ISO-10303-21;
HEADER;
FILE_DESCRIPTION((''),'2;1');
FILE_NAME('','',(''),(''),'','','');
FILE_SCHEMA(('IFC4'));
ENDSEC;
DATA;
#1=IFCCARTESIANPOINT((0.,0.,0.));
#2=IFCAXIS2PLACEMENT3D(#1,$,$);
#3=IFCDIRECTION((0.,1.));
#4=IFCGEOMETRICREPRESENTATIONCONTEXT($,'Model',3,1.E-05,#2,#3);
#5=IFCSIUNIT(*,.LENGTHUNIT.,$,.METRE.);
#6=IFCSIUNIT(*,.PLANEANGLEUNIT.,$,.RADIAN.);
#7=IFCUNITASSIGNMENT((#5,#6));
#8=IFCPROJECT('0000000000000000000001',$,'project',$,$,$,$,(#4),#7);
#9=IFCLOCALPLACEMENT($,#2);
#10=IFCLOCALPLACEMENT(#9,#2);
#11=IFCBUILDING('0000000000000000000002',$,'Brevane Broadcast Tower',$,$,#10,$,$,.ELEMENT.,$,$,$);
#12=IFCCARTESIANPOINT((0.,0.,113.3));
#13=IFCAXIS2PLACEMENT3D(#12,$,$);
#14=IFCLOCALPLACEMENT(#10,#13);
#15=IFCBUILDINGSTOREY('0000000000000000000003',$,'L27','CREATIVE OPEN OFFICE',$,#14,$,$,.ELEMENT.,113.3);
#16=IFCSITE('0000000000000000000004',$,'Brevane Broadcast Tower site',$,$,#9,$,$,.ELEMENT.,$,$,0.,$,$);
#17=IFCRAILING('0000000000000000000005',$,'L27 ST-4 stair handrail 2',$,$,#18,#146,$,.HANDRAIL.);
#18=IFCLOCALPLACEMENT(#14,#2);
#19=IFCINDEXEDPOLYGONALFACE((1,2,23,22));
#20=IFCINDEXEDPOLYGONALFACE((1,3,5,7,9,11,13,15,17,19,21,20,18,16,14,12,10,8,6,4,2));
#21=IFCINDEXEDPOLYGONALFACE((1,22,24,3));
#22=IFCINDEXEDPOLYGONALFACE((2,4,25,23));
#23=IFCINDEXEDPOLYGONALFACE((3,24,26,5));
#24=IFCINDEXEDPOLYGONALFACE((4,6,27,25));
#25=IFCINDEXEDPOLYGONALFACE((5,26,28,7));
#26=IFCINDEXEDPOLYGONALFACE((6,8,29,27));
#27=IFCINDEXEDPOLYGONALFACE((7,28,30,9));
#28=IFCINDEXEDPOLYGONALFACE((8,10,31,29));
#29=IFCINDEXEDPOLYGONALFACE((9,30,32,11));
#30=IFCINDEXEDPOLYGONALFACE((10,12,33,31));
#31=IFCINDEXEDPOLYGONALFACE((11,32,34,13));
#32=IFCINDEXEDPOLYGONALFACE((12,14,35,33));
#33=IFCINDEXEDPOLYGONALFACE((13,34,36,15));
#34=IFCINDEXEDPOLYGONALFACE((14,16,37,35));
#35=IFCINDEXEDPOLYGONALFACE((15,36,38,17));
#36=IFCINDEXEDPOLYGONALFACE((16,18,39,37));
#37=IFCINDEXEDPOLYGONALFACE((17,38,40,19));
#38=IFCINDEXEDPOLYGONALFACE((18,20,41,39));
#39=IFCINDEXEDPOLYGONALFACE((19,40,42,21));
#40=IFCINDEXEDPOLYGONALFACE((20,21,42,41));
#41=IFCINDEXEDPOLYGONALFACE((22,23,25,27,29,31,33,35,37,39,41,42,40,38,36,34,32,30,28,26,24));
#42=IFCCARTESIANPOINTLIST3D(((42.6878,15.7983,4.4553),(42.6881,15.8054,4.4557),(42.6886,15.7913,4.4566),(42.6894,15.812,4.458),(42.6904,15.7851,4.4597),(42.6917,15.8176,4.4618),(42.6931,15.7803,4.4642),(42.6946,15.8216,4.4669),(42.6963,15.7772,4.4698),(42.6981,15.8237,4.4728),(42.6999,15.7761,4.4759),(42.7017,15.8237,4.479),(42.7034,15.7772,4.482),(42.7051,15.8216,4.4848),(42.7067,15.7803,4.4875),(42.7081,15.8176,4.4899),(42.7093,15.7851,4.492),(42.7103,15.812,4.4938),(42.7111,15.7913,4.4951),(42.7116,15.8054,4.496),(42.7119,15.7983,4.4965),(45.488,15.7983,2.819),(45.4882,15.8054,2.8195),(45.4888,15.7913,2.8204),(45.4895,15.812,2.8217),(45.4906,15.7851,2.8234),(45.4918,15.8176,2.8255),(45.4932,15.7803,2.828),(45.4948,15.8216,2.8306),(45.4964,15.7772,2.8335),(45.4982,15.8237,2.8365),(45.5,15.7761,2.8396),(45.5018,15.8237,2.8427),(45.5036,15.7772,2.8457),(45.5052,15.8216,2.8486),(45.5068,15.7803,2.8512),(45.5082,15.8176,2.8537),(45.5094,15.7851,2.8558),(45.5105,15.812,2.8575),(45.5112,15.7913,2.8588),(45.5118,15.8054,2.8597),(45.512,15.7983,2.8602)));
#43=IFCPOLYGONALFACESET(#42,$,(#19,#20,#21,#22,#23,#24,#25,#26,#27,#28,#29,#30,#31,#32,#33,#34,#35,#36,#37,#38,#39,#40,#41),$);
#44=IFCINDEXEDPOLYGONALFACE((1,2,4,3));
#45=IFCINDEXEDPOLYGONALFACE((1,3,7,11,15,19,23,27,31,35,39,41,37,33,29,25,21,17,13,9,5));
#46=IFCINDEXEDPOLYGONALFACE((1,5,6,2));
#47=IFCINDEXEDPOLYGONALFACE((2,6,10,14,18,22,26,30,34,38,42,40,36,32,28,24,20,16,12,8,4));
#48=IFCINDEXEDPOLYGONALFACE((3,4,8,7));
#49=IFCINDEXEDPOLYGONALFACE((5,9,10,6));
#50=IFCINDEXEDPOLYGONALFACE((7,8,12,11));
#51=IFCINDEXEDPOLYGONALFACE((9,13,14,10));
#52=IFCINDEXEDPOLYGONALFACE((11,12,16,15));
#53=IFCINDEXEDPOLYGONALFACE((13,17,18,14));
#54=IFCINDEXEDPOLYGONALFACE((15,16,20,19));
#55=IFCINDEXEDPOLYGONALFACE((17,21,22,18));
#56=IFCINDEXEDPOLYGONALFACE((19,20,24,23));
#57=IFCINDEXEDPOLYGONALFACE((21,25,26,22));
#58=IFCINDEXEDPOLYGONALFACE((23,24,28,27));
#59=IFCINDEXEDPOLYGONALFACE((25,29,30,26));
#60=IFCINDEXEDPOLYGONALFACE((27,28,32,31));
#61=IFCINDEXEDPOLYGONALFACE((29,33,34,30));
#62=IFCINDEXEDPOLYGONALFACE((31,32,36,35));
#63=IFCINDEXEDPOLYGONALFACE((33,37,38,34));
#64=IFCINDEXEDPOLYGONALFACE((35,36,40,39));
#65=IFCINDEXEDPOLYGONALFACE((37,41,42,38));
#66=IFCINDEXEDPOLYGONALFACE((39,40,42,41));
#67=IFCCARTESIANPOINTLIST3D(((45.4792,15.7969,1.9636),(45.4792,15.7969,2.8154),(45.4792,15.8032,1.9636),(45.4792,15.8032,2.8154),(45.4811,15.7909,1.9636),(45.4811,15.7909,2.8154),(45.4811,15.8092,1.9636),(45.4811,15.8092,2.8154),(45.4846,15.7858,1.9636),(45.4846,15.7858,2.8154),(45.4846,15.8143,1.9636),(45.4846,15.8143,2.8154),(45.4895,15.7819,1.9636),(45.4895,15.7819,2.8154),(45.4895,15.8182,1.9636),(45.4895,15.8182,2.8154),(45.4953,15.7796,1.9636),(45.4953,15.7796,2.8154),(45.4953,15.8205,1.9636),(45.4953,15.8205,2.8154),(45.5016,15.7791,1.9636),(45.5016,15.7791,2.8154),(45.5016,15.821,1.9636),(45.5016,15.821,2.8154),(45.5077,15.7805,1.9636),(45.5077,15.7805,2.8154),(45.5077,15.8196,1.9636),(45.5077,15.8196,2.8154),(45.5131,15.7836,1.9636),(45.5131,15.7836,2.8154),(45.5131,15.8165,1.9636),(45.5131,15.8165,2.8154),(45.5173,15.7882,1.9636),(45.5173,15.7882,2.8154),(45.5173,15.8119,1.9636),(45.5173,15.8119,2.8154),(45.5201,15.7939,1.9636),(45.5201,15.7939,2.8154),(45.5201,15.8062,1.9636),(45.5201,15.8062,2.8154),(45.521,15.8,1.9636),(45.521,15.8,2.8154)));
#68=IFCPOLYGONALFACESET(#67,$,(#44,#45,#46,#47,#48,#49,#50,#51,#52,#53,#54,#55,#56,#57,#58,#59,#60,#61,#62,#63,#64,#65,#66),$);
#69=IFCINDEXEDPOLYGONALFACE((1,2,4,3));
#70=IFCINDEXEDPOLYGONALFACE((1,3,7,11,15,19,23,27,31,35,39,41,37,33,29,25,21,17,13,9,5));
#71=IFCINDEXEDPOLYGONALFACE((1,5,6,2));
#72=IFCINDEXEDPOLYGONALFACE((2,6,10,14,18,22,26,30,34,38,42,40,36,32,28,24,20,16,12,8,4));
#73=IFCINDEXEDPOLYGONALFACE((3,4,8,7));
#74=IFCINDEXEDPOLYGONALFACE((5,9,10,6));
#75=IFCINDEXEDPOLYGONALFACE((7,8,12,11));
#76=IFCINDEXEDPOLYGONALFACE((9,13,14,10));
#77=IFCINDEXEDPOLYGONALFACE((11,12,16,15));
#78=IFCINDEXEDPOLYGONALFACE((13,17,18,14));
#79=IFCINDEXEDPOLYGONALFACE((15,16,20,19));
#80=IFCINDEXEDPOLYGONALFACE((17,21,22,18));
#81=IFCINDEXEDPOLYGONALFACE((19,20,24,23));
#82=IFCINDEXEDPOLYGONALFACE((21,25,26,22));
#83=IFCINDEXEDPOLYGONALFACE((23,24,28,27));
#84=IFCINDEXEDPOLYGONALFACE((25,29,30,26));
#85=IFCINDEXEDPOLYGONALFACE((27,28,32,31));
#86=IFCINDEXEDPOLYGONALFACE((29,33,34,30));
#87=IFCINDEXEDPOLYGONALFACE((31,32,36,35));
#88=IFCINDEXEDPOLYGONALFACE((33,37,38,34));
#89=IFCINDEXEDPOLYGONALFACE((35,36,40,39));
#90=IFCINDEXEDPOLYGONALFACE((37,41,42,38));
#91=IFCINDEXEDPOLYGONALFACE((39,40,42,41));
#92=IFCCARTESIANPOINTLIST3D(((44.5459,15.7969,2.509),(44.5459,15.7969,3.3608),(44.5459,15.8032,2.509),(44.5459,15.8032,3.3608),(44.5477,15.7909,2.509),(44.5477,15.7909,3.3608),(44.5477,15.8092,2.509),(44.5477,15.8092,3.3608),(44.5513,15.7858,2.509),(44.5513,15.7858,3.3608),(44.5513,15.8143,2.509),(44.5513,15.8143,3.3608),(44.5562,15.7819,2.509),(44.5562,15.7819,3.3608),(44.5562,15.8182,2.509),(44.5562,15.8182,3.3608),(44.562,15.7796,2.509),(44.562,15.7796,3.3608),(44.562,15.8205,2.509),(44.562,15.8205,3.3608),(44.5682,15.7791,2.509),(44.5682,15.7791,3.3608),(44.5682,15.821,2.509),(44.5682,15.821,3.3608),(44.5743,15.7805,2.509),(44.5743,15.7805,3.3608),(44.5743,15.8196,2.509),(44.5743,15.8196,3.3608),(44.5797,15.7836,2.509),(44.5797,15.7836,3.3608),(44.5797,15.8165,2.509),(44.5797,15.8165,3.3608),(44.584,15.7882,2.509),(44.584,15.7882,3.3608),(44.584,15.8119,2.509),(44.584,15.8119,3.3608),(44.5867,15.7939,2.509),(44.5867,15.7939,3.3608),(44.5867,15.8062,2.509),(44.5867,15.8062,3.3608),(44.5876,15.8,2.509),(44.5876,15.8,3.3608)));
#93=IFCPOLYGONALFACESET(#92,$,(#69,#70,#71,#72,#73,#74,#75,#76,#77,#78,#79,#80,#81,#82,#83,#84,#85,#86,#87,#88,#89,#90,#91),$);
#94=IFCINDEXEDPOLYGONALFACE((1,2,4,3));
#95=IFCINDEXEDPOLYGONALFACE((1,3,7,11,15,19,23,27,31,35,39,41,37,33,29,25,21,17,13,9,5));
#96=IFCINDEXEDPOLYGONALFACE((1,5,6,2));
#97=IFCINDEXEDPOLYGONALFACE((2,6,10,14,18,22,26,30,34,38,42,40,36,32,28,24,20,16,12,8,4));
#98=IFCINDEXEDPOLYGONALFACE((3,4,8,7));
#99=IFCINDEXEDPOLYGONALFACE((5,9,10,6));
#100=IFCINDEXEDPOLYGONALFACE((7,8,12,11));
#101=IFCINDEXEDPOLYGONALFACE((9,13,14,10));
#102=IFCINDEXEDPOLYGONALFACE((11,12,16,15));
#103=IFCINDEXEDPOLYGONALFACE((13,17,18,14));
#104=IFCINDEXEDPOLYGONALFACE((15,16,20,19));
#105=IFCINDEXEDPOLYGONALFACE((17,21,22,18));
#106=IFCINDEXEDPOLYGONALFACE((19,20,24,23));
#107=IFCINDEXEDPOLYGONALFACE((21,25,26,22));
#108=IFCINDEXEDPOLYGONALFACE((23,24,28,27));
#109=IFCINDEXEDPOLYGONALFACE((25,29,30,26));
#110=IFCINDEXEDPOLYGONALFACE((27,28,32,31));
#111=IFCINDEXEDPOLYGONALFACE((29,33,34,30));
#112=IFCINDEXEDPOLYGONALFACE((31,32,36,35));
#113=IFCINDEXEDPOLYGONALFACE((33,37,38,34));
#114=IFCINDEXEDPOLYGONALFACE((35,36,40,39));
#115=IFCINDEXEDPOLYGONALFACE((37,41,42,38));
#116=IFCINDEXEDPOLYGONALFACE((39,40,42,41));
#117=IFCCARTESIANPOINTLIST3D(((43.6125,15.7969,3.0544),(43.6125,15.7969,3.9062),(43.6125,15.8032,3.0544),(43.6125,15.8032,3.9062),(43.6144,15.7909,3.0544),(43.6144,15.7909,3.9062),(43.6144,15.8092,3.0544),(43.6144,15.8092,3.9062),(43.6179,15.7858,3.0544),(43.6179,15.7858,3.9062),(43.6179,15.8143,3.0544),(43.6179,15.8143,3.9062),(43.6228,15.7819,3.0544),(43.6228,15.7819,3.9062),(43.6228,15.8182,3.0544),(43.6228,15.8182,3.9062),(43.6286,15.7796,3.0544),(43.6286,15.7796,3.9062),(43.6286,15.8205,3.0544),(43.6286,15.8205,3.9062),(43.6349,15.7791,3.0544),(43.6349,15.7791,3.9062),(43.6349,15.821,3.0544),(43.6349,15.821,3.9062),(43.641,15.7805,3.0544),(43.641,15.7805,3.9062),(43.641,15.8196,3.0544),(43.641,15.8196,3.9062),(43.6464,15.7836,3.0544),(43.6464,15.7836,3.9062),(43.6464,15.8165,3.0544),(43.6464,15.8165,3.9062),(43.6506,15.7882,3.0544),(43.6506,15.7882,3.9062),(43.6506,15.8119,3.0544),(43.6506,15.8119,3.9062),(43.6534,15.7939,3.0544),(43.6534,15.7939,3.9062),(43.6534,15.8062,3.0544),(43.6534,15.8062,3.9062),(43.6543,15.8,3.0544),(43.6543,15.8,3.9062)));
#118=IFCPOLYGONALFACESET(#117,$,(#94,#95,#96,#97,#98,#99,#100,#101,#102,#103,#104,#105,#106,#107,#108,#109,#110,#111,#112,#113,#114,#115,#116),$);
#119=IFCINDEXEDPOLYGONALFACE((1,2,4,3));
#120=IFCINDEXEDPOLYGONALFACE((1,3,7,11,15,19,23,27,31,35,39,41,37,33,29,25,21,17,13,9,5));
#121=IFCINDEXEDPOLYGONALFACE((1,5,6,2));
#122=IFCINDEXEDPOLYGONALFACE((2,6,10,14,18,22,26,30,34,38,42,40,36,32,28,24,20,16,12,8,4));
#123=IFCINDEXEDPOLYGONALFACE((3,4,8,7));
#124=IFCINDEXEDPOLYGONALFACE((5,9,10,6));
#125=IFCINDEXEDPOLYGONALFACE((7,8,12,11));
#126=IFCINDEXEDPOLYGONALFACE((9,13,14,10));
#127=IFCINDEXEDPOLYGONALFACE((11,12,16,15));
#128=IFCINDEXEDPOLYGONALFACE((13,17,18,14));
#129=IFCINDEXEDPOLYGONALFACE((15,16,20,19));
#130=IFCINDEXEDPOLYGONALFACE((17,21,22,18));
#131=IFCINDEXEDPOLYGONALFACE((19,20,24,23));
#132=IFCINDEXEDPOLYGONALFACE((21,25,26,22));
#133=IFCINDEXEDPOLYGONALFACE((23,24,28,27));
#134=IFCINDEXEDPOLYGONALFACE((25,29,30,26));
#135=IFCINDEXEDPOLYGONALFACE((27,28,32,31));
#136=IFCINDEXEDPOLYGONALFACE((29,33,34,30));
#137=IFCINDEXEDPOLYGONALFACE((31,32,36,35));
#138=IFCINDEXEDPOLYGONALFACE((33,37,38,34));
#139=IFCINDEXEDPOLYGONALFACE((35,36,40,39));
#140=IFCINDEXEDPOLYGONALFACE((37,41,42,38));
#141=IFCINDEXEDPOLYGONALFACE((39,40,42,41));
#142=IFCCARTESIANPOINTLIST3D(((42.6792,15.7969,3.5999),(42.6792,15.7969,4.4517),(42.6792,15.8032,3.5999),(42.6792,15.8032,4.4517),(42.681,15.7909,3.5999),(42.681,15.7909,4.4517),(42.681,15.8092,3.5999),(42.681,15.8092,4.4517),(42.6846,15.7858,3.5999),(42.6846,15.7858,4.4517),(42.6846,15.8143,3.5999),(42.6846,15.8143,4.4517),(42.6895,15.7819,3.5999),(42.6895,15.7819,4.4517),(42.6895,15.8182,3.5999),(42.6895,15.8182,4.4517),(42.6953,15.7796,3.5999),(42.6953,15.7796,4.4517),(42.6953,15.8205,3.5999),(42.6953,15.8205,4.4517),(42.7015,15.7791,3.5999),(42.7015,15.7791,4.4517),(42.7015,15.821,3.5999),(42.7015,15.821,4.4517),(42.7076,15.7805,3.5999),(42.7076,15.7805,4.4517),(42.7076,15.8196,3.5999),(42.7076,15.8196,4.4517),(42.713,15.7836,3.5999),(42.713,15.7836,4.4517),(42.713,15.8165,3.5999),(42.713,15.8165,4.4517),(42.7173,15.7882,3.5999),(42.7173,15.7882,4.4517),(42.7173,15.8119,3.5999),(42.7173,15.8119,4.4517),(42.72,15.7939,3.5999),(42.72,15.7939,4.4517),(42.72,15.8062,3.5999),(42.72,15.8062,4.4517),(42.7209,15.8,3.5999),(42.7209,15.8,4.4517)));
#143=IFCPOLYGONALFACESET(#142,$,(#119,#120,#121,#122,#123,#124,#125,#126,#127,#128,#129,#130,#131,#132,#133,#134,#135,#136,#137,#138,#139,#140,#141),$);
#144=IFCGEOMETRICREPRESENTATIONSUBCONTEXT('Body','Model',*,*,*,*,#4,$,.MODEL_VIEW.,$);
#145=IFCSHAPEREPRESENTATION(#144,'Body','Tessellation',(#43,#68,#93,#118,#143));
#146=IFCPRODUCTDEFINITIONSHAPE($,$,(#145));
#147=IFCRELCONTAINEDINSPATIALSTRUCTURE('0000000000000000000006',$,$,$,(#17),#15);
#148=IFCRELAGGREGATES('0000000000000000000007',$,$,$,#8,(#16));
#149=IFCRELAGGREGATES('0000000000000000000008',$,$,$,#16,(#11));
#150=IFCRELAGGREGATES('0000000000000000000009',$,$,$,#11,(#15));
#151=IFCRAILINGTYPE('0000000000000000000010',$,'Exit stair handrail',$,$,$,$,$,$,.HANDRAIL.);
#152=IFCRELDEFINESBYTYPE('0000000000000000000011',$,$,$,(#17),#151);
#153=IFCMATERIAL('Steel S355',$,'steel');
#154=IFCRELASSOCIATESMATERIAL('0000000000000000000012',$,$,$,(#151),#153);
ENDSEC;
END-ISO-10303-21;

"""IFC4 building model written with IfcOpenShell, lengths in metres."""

from ifc_helpers import new_model, si_unit, direction, frame, origin, origin_2d, place, context, subcontext, project, spatial, circle, extrude, material, type_object, element, save


model = new_model("IFC4")

# Units and contexts
model_context = context("Model", 3, precision=1e-05, world=origin(), true_north=direction((0.0, 1.0)))
body_context = subcontext(model_context, "Body", "Model", "MODEL_VIEW")
ifc_project = project(units=[si_unit("LENGTHUNIT", "METRE"), si_unit("PLANEANGLEUNIT", "RADIAN")], contexts=[model_context])

# Site, building, storey
site_placement = place(None, origin())
site = spatial("IfcSite", under=ifc_project, at=site_placement, Name="Brevane Broadcast Tower site", CompositionType="ELEMENT", RefElevation=0.0)
building_placement = place(site_placement, origin())
building = spatial("IfcBuilding", under=site, at=building_placement, Name="Brevane Broadcast Tower", CompositionType="ELEMENT")
storey_placement = place(building_placement, frame((0.0, 0.0, 113.3)))
storey = spatial("IfcBuildingStorey", under=building, at=storey_placement, Name="L27", Description="CREATIVE OPEN OFFICE", CompositionType="ELEMENT", Elevation=113.3)

# Railing
ifc_material_1 = material(Name="Steel S355", Category="steel")
railing_type_1 = type_object("IfcRailingType", Name="Exit stair handrail", PredefinedType="HANDRAIL", material=ifc_material_1)
railing_1_placement = place(storey_placement, frame((45.5, 15.8, 1.9636)))
element("IfcRailing", 1, at=railing_1_placement, inside=storey, type_object=railing_type_1, Name="L27 ST-4 stair handrail 2", PredefinedType="HANDRAIL", context=body_context, shape_type="SweptSolid", body=[
    extrude(circle(Radius=0.0239, at=origin_2d()), frame((0.0, 0.0, 0.876), z_axis=(-0.863394, 0.0, 0.504531), x_axis=(0.0, -1.0, 0.0)), (0.0, 0.0, 1.0), 3.2432),
    extrude(circle(Radius=0.021, at=origin_2d()), origin(), (0.0, 0.0, 1.0), 0.8518),
    extrude(circle(Radius=0.021, at=origin_2d()), frame((-0.9333, 0.0, 0.5454)), (0.0, 0.0, 1.0), 0.8518),
    extrude(circle(Radius=0.021, at=origin_2d()), frame((-1.8667, 0.0, 1.0908)), (0.0, 0.0, 1.0), 0.8518),
    extrude(circle(Radius=0.021, at=origin_2d()), frame((-2.8, 0.0, 1.6362)), (0.0, 0.0, 1.0), 0.8518),
])

save(model, "model.ifc")
